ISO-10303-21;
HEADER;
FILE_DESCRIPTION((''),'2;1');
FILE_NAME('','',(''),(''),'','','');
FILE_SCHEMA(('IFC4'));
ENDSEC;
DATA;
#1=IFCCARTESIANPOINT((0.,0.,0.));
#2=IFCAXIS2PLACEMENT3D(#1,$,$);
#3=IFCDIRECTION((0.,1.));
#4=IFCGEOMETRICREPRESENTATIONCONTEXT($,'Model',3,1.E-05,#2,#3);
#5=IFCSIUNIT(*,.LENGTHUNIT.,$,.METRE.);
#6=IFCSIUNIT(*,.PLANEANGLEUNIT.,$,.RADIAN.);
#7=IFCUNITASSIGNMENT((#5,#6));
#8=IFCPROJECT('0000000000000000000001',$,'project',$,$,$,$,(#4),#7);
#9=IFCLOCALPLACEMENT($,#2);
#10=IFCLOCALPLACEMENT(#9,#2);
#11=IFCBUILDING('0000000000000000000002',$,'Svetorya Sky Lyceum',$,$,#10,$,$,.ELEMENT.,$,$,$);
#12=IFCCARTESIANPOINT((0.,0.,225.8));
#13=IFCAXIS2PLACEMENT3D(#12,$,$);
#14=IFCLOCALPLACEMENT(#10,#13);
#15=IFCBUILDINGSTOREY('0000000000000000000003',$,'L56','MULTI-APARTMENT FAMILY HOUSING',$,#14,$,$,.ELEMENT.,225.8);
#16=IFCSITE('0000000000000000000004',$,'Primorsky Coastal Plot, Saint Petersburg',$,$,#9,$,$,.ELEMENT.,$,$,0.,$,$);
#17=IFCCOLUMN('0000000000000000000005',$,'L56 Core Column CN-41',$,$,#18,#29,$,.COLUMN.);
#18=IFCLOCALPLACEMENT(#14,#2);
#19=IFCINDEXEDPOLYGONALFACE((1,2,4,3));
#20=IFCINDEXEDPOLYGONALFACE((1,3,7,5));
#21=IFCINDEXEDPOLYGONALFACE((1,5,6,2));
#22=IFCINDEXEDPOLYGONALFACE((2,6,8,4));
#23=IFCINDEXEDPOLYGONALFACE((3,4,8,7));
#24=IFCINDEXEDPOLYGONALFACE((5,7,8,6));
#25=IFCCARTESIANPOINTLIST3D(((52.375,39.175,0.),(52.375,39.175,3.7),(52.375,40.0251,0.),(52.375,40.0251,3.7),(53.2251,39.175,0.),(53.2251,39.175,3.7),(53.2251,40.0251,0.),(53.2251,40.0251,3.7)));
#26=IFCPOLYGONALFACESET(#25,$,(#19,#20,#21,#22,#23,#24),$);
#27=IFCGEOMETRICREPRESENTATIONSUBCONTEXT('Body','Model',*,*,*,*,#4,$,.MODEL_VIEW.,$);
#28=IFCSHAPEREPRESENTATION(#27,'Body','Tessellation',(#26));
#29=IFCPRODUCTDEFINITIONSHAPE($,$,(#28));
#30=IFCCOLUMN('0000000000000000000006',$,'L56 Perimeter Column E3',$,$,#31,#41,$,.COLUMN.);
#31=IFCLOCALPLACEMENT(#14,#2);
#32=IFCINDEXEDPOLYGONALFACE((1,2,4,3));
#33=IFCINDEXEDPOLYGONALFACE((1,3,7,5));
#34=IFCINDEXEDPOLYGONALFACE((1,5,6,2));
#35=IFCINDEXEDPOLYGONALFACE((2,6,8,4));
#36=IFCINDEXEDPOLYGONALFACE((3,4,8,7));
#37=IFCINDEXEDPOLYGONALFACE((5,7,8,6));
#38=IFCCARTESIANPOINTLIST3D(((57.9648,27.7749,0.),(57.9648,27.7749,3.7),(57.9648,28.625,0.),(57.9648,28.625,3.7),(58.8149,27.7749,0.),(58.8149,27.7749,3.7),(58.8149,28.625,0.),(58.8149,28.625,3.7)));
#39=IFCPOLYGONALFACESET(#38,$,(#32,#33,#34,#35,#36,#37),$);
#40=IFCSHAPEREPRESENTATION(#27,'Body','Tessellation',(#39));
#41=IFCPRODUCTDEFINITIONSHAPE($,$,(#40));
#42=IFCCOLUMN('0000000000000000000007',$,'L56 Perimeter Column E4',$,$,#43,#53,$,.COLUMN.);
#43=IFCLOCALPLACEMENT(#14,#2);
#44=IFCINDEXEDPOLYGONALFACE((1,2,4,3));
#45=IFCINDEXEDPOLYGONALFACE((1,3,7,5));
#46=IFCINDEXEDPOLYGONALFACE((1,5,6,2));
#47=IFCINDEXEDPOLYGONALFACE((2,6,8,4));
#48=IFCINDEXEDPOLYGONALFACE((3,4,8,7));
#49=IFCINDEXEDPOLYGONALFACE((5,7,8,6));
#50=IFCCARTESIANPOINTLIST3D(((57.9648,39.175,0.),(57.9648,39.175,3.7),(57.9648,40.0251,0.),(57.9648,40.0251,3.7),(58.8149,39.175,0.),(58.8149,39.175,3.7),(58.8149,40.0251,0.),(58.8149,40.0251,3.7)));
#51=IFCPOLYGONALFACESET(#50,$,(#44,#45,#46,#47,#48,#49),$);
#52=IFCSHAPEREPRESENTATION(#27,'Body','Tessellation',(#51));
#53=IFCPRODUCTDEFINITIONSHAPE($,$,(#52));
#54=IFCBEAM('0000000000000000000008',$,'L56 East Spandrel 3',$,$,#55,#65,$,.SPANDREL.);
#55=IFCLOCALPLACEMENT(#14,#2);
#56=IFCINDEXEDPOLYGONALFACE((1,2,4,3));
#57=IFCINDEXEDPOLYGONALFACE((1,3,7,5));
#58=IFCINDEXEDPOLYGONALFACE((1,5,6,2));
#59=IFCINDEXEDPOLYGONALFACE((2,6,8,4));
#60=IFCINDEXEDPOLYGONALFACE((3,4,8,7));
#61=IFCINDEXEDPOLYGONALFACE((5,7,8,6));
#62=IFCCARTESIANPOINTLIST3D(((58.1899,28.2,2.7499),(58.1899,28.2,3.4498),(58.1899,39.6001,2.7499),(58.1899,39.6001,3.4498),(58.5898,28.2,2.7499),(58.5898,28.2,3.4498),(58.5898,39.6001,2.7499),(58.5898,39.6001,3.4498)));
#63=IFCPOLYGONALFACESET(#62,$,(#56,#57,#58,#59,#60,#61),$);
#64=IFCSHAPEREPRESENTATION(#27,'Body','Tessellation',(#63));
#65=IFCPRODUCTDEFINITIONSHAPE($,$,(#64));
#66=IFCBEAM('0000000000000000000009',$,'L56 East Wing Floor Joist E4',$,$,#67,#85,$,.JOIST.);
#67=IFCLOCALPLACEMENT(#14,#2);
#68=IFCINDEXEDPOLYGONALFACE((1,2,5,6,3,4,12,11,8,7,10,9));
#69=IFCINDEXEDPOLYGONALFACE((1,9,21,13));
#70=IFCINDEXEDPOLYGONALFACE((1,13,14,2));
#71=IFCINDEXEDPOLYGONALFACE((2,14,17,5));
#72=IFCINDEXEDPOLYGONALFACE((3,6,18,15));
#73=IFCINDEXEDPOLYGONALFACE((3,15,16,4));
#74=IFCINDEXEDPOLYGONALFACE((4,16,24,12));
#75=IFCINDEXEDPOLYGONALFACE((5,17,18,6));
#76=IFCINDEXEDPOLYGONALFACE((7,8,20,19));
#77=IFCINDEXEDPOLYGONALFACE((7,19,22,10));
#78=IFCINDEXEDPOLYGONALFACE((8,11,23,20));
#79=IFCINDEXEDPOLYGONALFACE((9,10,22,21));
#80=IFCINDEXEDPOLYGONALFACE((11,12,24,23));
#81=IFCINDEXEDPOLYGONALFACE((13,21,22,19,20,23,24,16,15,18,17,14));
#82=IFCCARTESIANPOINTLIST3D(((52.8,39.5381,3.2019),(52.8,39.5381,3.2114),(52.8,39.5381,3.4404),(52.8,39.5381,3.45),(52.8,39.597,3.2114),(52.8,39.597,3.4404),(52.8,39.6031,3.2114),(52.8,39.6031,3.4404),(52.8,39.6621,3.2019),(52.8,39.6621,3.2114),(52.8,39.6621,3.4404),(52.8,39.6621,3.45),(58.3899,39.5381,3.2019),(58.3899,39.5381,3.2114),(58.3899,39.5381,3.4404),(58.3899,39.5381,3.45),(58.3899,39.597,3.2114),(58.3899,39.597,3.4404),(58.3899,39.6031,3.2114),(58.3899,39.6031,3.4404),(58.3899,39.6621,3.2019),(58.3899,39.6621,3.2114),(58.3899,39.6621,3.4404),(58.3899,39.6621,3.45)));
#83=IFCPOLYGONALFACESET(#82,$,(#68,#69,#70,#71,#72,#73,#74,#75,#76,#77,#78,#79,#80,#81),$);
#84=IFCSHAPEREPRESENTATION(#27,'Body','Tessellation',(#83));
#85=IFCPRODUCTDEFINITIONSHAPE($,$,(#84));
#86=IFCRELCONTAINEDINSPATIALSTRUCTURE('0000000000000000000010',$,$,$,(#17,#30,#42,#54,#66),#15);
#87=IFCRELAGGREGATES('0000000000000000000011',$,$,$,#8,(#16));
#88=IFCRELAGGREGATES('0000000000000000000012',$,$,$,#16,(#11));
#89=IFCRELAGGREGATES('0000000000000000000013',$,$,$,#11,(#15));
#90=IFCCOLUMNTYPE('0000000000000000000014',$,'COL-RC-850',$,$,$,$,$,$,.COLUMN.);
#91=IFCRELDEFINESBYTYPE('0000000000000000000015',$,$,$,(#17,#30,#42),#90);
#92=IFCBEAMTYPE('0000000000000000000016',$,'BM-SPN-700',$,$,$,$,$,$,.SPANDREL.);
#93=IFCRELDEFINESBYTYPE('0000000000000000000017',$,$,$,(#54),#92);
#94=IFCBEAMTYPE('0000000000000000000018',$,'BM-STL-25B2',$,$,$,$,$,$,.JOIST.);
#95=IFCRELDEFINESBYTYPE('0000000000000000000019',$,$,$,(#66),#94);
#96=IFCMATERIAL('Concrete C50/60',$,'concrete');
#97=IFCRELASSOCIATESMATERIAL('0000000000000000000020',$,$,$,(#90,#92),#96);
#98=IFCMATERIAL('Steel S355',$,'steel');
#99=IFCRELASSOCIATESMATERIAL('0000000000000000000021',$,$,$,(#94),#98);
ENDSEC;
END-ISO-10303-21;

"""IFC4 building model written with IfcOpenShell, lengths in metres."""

from ifc_helpers import new_model, si_unit, direction, frame, origin, origin_2d, place, context, subcontext, project, spatial, rectangle, i_section, extrude, material, material_profile, profile_set, type_object, element, save


model = new_model("IFC4")

# Units and contexts
model_context = context("Model", 3, precision=1e-05, world=origin(), true_north=direction((0.0, 1.0)))
body_context = subcontext(model_context, "Body", "Model", "MODEL_VIEW")
ifc_project = project(units=[si_unit("LENGTHUNIT", "METRE"), si_unit("PLANEANGLEUNIT", "RADIAN")], contexts=[model_context])

# Site, building, storey
site_placement = place(None, origin())
site = spatial("IfcSite", under=ifc_project, at=site_placement, Name="Primorsky Coastal Plot, Saint Petersburg", CompositionType="ELEMENT", RefElevation=0.0)
building_placement = place(site_placement, origin())
building = spatial("IfcBuilding", under=site, at=building_placement, Name="Svetorya Sky Lyceum", CompositionType="ELEMENT")
storey_placement = place(building_placement, frame((0.0, 0.0, 225.8)))
storey = spatial("IfcBuildingStorey", under=building, at=storey_placement, Name="L56", Description="MULTI-APARTMENT FAMILY HOUSING", CompositionType="ELEMENT", Elevation=225.8)

# Columns
ifc_material_1 = material(Name="Concrete C50/60", Category="concrete")
ifc_material_profile_1 = material_profile(ifc_material_1, rectangle(XDim=0.8501, YDim=0.8501, at=origin_2d()), Name="RC COL 850x850")
ifc_profile_set_1 = profile_set([ifc_material_profile_1], Name="Concrete C50/60")
column_type = type_object("IfcColumnType", Name="COL-RC-850", PredefinedType="COLUMN", material=ifc_profile_set_1)
for number, where, z_axis, x_axis, name in (
    (1, (52.8, 39.6001, 0.0), (0.0, 0.0, 1.0), (1.0, 0.0, 0.0), "L56 Core Column CN-41"),
    (2, (58.3899, 28.2, 0.0), (0.0, 0.0, 1.0), (1.0, 0.0, 0.0), "L56 Perimeter Column E3"),
    (3, (58.3899, 39.6001, 0.0), (0.0, 0.0, 1.0), (1.0, 0.0, 0.0), "L56 Perimeter Column E4"),
):
    element("IfcColumn", number, at=place(storey_placement, frame(where, z_axis=z_axis, x_axis=x_axis)), inside=storey, type_object=column_type, Name=name, PredefinedType="COLUMN", context=body_context, shape_type="SweptSolid", body=[
        extrude(rectangle(XDim=0.8501, YDim=0.8501, at=origin_2d()), origin(), (0.0, 0.0, 1.0), 3.7),
    ])

# Beams
ifc_material_profile_2 = material_profile(ifc_material_1, rectangle(XDim=0.3999, YDim=0.7, at=origin_2d()), Name="RC SPANDREL 400x700")
ifc_profile_set_2 = profile_set([ifc_material_profile_2], Name="Concrete C50/60")
beam_type_1 = type_object("IfcBeamType", Name="BM-SPN-700", PredefinedType="SPANDREL", material=ifc_profile_set_2)
beam_1_placement = place(storey_placement, frame((58.3899, 28.2, 3.0999), z_axis=(0.0, 1.0, 0.0), x_axis=(-1.0, 0.0, 0.0)))
element("IfcBeam", 4, at=beam_1_placement, inside=storey, type_object=beam_type_1, Name="L56 East Spandrel 3", PredefinedType="SPANDREL", context=body_context, shape_type="SweptSolid", body=[
    extrude(rectangle(XDim=0.3999, YDim=0.7, at=origin_2d()), origin(), (0.0, 0.0, 1.0), 11.4001),
])
ifc_material_2 = material(Name="Steel S355", Category="steel")
ifc_material_profile_3 = material_profile(ifc_material_2, i_section(OverallWidth=0.124, OverallDepth=0.248, WebThickness=0.0061, FlangeThickness=0.0095, at=origin_2d()), Name="GOST 25B2")
ifc_profile_set_3 = profile_set([ifc_material_profile_3], Name="Steel S355")
beam_type_2 = type_object("IfcBeamType", Name="BM-STL-25B2", PredefinedType="JOIST", material=ifc_profile_set_3)
beam_2_placement = place(storey_placement, frame((52.8, 39.6001, 3.3259), z_axis=(1.0, 0.0, 0.0), x_axis=(0.0, 1.0, 0.0)))
element("IfcBeam", 5, at=beam_2_placement, inside=storey, type_object=beam_type_2, Name="L56 East Wing Floor Joist E4", PredefinedType="JOIST", context=body_context, shape_type="SweptSolid", body=[
    extrude(i_section(OverallWidth=0.124, OverallDepth=0.248, WebThickness=0.0061, FlangeThickness=0.0095, at=origin_2d()), origin(), (0.0, 0.0, 1.0), 5.5898),
])

save(model, "model.ifc")
